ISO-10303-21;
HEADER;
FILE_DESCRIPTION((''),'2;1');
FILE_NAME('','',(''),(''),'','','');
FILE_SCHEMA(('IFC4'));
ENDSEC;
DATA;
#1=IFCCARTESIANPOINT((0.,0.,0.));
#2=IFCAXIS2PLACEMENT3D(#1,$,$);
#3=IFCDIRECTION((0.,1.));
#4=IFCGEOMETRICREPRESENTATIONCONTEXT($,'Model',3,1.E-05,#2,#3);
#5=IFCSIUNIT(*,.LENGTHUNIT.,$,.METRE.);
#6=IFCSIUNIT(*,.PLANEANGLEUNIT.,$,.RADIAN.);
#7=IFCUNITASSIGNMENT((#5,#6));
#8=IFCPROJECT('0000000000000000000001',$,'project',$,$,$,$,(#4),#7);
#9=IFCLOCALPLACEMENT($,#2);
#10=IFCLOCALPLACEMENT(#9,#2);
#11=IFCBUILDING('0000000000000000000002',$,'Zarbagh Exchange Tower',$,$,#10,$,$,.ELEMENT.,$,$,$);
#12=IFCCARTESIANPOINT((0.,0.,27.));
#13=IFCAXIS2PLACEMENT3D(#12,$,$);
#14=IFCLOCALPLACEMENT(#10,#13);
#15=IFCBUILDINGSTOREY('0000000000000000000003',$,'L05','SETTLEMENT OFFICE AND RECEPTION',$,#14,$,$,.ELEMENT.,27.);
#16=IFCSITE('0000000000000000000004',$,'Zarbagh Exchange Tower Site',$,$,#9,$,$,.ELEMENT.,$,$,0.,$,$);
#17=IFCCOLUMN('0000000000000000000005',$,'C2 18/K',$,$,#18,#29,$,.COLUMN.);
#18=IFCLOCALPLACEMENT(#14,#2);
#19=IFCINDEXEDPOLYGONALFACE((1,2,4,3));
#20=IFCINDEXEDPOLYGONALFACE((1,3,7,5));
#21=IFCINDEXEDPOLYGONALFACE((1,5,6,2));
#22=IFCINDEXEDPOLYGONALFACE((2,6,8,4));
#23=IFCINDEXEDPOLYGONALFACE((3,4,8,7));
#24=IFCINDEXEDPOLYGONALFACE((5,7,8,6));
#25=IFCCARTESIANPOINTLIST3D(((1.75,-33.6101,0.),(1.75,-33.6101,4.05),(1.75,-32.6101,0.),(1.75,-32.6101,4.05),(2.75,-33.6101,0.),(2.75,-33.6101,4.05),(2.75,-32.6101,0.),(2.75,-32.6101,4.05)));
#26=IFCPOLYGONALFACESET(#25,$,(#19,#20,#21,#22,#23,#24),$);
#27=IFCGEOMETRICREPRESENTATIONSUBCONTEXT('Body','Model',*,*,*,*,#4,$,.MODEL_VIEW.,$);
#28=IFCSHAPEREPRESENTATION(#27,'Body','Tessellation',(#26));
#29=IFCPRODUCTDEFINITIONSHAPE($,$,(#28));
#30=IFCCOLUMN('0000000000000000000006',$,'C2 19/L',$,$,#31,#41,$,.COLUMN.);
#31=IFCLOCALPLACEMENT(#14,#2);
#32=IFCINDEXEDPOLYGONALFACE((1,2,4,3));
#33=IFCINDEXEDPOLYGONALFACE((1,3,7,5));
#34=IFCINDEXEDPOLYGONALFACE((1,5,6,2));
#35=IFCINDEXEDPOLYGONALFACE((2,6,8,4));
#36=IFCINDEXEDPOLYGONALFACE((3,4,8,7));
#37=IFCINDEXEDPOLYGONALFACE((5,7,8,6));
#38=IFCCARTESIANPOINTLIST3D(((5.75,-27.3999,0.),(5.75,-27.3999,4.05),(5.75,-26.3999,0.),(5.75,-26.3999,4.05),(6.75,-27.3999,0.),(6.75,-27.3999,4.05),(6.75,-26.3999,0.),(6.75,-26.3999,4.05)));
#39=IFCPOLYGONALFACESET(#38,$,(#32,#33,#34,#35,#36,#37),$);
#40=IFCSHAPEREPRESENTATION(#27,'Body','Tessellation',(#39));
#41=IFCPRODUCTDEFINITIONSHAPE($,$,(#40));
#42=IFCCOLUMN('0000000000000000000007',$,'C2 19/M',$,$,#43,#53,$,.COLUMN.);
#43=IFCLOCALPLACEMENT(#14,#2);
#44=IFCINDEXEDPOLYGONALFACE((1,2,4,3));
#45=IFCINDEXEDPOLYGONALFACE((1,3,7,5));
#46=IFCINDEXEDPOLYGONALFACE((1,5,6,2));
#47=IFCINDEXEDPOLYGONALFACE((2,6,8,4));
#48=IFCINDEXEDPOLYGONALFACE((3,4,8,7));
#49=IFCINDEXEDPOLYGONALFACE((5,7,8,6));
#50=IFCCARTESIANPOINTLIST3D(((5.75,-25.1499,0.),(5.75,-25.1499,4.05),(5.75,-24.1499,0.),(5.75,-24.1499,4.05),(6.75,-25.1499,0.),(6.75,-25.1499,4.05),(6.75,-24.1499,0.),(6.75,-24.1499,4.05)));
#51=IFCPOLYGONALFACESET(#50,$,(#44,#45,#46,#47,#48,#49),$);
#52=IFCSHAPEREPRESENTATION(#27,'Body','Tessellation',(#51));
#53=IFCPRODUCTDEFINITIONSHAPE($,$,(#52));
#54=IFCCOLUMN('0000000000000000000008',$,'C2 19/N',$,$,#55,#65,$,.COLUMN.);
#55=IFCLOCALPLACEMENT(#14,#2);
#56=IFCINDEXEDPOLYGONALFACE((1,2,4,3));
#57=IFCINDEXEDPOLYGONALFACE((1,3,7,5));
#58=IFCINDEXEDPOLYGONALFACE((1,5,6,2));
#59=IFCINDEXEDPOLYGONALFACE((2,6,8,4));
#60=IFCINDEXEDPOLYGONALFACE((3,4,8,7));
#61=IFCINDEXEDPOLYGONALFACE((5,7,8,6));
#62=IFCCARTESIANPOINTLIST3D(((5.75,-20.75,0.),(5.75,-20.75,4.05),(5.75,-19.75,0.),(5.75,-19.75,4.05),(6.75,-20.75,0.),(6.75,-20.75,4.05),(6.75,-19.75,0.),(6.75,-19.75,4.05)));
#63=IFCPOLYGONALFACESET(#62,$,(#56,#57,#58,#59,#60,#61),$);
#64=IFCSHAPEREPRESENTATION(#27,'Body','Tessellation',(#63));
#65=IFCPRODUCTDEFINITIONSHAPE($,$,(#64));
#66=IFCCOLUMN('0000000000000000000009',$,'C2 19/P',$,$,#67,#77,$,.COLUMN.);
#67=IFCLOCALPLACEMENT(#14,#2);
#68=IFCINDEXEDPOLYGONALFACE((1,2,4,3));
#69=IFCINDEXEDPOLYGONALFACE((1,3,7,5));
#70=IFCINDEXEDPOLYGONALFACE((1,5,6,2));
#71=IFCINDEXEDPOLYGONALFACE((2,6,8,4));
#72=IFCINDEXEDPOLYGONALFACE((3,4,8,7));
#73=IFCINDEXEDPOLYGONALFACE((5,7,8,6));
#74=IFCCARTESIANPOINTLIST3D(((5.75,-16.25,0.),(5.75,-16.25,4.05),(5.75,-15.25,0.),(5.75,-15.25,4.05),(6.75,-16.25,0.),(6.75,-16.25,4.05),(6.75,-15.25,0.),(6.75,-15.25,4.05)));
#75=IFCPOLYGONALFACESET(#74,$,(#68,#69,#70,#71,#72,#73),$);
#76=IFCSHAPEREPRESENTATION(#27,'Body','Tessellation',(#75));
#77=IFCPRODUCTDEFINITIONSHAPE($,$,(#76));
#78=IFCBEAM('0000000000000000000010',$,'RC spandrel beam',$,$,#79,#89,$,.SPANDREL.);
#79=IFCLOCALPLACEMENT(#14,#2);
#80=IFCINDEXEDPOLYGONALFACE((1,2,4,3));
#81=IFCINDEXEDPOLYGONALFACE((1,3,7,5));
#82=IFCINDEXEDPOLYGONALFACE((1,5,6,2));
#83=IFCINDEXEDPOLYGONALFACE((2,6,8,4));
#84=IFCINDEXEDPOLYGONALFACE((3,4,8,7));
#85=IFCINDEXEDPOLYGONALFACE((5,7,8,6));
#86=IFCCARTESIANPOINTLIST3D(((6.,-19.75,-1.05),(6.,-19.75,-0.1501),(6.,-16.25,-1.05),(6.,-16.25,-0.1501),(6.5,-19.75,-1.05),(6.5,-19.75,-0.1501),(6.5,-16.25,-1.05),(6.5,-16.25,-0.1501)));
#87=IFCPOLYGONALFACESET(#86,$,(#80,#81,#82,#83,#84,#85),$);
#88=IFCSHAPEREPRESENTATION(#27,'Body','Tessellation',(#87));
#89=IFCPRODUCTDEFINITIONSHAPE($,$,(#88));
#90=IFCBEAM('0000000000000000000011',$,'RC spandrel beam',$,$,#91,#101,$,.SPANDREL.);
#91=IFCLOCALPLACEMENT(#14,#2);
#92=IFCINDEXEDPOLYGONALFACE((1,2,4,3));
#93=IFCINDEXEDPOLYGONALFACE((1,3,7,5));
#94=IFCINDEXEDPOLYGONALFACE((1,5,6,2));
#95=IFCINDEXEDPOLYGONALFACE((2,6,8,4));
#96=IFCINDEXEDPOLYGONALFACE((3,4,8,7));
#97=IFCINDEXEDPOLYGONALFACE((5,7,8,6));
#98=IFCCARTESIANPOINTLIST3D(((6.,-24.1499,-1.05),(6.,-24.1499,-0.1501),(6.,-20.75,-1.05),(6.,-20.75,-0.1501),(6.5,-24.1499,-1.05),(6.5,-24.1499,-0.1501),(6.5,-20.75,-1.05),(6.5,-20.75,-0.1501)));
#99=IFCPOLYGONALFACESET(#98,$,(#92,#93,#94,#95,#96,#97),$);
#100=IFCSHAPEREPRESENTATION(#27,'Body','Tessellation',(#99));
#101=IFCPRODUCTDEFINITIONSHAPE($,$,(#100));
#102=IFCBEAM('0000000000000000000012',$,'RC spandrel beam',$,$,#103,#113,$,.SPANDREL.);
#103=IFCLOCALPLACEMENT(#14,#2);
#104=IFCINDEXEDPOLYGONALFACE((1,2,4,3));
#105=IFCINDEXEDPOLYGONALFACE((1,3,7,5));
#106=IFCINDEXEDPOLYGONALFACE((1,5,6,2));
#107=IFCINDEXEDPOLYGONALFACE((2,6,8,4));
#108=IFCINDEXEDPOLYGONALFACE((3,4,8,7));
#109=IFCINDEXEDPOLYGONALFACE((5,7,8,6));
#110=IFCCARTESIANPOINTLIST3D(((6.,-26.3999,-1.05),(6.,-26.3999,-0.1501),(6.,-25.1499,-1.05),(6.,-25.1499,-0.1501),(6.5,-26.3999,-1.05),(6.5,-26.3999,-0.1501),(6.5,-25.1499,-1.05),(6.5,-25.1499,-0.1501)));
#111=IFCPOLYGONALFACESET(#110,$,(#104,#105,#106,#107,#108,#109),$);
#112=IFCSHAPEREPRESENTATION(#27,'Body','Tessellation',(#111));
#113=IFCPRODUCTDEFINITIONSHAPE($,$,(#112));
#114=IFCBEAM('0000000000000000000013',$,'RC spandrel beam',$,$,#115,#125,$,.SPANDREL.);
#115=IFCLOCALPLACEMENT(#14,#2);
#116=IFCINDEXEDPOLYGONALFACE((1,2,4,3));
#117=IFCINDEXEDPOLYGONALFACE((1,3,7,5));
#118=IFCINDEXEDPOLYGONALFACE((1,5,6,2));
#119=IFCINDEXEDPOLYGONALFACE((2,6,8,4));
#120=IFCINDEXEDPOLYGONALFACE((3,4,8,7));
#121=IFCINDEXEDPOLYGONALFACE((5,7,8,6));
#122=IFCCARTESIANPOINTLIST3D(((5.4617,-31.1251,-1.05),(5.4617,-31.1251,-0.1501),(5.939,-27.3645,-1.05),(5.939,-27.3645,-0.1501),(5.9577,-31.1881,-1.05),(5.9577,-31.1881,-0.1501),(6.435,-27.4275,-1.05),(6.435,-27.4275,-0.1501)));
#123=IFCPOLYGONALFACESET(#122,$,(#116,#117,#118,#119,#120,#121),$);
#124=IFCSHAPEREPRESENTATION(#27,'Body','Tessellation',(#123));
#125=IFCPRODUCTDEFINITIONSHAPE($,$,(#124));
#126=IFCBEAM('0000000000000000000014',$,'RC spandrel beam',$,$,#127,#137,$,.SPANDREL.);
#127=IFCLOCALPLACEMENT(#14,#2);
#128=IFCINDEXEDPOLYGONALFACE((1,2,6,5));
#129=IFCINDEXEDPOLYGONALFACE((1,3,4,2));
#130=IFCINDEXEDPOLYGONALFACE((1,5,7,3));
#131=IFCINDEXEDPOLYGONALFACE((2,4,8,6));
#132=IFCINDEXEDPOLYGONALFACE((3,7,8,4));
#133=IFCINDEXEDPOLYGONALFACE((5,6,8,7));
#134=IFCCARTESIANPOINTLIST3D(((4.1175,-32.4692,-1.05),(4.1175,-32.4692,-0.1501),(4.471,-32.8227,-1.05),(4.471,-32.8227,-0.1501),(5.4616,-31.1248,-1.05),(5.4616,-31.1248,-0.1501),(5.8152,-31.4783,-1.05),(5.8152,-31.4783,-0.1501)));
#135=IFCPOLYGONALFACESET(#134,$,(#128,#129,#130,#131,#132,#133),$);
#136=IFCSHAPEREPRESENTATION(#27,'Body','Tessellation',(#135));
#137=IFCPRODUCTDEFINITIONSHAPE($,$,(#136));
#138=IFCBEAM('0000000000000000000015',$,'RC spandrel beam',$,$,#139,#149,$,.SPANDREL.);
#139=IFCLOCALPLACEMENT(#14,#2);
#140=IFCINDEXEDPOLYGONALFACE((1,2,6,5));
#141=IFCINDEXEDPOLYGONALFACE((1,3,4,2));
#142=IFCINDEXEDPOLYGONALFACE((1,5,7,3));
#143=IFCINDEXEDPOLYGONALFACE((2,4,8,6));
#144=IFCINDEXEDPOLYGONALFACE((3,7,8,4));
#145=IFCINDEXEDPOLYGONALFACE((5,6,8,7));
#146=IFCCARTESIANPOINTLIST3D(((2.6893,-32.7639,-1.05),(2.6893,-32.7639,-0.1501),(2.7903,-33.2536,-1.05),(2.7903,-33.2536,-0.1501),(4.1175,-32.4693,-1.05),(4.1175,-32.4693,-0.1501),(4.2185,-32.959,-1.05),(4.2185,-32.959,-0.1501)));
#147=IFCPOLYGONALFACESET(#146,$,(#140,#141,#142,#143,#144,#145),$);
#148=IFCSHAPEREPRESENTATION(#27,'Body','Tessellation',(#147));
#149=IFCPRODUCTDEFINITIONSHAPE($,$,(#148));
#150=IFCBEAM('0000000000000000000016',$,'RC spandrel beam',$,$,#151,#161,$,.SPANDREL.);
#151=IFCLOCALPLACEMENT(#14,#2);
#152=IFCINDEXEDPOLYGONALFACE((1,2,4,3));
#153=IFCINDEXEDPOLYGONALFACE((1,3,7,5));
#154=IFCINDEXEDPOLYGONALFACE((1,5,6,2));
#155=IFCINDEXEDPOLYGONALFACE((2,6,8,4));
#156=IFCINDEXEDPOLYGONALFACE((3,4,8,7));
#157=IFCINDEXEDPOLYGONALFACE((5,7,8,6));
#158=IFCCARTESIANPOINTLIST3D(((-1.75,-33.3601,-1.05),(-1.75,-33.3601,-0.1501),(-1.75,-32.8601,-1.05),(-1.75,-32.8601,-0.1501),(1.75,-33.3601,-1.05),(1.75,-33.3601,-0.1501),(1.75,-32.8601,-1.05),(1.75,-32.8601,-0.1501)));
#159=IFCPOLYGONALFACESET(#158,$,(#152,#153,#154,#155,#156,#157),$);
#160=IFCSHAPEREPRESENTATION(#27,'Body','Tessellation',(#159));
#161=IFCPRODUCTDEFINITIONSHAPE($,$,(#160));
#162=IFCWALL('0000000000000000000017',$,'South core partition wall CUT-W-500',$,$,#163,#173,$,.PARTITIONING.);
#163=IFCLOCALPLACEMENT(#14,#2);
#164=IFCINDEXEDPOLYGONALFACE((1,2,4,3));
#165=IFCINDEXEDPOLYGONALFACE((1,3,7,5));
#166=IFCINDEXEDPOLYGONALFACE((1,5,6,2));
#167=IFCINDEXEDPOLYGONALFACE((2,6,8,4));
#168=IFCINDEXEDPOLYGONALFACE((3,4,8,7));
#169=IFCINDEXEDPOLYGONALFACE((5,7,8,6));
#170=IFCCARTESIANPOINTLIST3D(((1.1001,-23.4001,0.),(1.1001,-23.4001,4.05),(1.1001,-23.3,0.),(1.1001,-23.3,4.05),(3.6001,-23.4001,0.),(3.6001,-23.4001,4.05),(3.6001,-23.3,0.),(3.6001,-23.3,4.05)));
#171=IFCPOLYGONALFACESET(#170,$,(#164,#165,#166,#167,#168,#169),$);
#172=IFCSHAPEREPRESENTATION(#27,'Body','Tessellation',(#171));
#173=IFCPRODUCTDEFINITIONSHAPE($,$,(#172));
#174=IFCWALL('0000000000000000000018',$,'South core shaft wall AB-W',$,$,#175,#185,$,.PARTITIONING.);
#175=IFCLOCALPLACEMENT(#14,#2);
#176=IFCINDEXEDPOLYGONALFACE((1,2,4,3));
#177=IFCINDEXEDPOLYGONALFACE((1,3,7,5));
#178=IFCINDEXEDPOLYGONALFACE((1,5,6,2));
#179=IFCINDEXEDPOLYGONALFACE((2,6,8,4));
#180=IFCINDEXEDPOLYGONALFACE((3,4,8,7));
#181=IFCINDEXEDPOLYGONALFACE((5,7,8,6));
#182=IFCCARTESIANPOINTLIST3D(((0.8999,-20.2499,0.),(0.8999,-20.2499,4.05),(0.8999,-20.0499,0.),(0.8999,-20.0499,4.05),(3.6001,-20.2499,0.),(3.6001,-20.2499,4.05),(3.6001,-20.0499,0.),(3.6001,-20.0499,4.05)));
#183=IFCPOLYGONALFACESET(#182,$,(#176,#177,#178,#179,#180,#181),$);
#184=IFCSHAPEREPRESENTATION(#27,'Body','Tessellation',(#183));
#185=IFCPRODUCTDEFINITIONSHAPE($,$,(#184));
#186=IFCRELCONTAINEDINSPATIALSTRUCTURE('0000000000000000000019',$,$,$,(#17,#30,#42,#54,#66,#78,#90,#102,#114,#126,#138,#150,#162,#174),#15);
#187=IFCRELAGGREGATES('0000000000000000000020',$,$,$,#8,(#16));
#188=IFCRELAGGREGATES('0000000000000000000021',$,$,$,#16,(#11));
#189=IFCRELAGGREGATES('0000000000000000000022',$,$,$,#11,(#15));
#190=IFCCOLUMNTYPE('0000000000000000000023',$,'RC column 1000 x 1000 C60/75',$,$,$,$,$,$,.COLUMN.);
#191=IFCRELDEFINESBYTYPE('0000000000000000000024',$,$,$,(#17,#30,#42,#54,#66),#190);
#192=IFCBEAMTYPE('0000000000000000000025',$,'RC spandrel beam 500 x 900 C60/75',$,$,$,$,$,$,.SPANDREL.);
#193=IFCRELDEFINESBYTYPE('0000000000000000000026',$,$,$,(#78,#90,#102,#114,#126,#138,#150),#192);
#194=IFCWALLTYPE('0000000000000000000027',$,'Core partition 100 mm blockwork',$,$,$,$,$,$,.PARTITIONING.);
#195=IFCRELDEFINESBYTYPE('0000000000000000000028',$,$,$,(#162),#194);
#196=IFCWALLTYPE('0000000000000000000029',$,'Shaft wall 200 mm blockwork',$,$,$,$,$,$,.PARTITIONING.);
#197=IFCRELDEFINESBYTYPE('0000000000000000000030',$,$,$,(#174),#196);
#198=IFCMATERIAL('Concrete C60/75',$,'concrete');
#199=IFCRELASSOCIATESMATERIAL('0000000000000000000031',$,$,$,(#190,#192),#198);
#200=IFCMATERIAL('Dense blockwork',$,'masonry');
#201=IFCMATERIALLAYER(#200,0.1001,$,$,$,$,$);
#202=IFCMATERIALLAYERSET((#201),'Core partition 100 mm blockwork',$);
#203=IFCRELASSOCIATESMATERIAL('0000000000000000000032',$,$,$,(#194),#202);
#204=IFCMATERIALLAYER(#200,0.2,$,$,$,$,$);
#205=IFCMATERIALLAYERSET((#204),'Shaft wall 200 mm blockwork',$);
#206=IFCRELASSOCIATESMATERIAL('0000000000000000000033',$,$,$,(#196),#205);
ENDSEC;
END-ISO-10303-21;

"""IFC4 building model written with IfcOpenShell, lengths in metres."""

from ifc_helpers import new_model, si_unit, direction, frame, frame_2d, origin, origin_2d, place, context, subcontext, project, spatial, rectangle, extrude, material, layer, layer_set, material_profile, profile_set, type_object, element, save


model = new_model("IFC4")

# Units and contexts
model_context = context("Model", 3, precision=1e-05, world=origin(), true_north=direction((0.0, 1.0)))
body_context = subcontext(model_context, "Body", "Model", "MODEL_VIEW")
ifc_project = project(units=[si_unit("LENGTHUNIT", "METRE"), si_unit("PLANEANGLEUNIT", "RADIAN")], contexts=[model_context])

# Site, building, storey
site_placement = place(None, origin())
site = spatial("IfcSite", under=ifc_project, at=site_placement, Name="Zarbagh Exchange Tower Site", CompositionType="ELEMENT", RefElevation=0.0)
building_placement = place(site_placement, origin())
building = spatial("IfcBuilding", under=site, at=building_placement, Name="Zarbagh Exchange Tower", CompositionType="ELEMENT")
storey_placement = place(building_placement, frame((0.0, 0.0, 27.0)))
storey = spatial("IfcBuildingStorey", under=building, at=storey_placement, Name="L05", Description="SETTLEMENT OFFICE AND RECEPTION", CompositionType="ELEMENT", Elevation=27.0)

# Columns
ifc_material_1 = material(Name="Concrete C60/75", Category="concrete")
ifc_material_profile_1 = material_profile(ifc_material_1, rectangle(XDim=1.0, YDim=1.0, at=origin_2d()), Name="RC column 1000 x 1000 C60/75")
ifc_profile_set_1 = profile_set([ifc_material_profile_1], Name="Concrete C60/75")
column_type = type_object("IfcColumnType", Name="RC column 1000 x 1000 C60/75", PredefinedType="COLUMN", material=ifc_profile_set_1)
for number, where, z_axis, x_axis, name in (
    (1, (2.25, -33.1101, 0.0), (0.0, 0.0, 1.0), (1.0, 0.0, 0.0), "C2 18/K"),
    (2, (6.25, -26.8999, 0.0), (0.0, 0.0, 1.0), (1.0, 0.0, 0.0), "C2 19/L"),
    (3, (6.25, -24.6499, 0.0), (0.0, 0.0, 1.0), (1.0, 0.0, 0.0), "C2 19/M"),
    (4, (6.25, -20.25, 0.0), (0.0, 0.0, 1.0), (1.0, 0.0, 0.0), "C2 19/N"),
    (5, (6.25, -15.75, 0.0), (0.0, 0.0, 1.0), (1.0, 0.0, 0.0), "C2 19/P"),
):
    element("IfcColumn", number, at=place(storey_placement, frame(where, z_axis=z_axis, x_axis=x_axis)), inside=storey, type_object=column_type, Name=name, PredefinedType="COLUMN", context=body_context, shape_type="SweptSolid", body=[
        extrude(rectangle(XDim=1.0, YDim=1.0, at=origin_2d()), origin(), (0.0, 0.0, 1.0), 4.05),
    ])

# Beams
ifc_material_profile_2 = material_profile(ifc_material_1, rectangle(XDim=0.5, YDim=0.8999, at=origin_2d()), Name="RC spandrel beam 500 x 900 C60/75")
ifc_profile_set_2 = profile_set([ifc_material_profile_2], Name="Concrete C60/75")
beam_type = type_object("IfcBeamType", Name="RC spandrel beam 500 x 900 C60/75", PredefinedType="SPANDREL", material=ifc_profile_set_2)
beam_1_placement = place(storey_placement, frame((6.25, -16.25, -0.6001), z_axis=(0.0, -1.0, 0.0), x_axis=(1.0, 0.0, 0.0)))
element("IfcBeam", 6, at=beam_1_placement, inside=storey, type_object=beam_type, Name="RC spandrel beam", PredefinedType="SPANDREL", context=body_context, shape_type="SweptSolid", body=[
    extrude(rectangle(XDim=0.5, YDim=0.8999, at=origin_2d()), origin(), (0.0, 0.0, 1.0), 3.5),
])
beam_2_placement = place(storey_placement, frame((6.25, -20.75, -0.6001), z_axis=(0.0, -1.0, 0.0), x_axis=(1.0, 0.0, 0.0)))
element("IfcBeam", 7, at=beam_2_placement, inside=storey, type_object=beam_type, Name="RC spandrel beam", PredefinedType="SPANDREL", context=body_context, shape_type="SweptSolid", body=[
    extrude(rectangle(XDim=0.5, YDim=0.8999, at=origin_2d()), origin(), (0.0, 0.0, 1.0), 3.3999),
])
beam_3_placement = place(storey_placement, frame((6.25, -25.1499, -0.6001), z_axis=(0.0, -1.0, 0.0), x_axis=(1.0, 0.0, 0.0)))
element("IfcBeam", 8, at=beam_3_placement, inside=storey, type_object=beam_type, Name="RC spandrel beam", PredefinedType="SPANDREL", context=body_context, shape_type="SweptSolid", body=[
    extrude(rectangle(XDim=0.5, YDim=0.8999, at=origin_2d()), origin(), (0.0, 0.0, 1.0), 1.25),
])
beam_4_placement = place(storey_placement, frame((6.187, -27.396, -0.6001), z_axis=(-0.125913, -0.992041, 0.0), x_axis=(0.992041, -0.125913, 0.0)))
element("IfcBeam", 9, at=beam_4_placement, inside=storey, type_object=beam_type, Name="RC spandrel beam", PredefinedType="SPANDREL", context=body_context, shape_type="SweptSolid", body=[
    extrude(rectangle(XDim=0.5, YDim=0.8999, at=origin_2d()), origin(), (0.0, 0.0, 1.0), 3.7908),
])
beam_5_placement = place(storey_placement, frame((5.6384, -31.3015, -0.6001), z_axis=(-0.707043, -0.707171, 0.0), x_axis=(0.707171, -0.707043, 0.0)))
element("IfcBeam", 10, at=beam_5_placement, inside=storey, type_object=beam_type, Name="RC spandrel beam", PredefinedType="SPANDREL", context=body_context, shape_type="SweptSolid", body=[
    extrude(rectangle(XDim=0.5, YDim=0.8999, at=origin_2d()), origin(), (0.0, 0.0, 1.0), 1.9011),
])
beam_6_placement = place(storey_placement, frame((4.168, -32.7141, -0.6001), z_axis=(-0.979371, -0.202069, 0.0), x_axis=(0.202069, -0.979371, 0.0)))
element("IfcBeam", 11, at=beam_6_placement, inside=storey, type_object=beam_type, Name="RC spandrel beam", PredefinedType="SPANDREL", context=body_context, shape_type="SweptSolid", body=[
    extrude(rectangle(XDim=0.5, YDim=0.8999, at=origin_2d()), origin(), (0.0, 0.0, 1.0), 1.4583),
])
beam_7_placement = place(storey_placement, frame((1.75, -33.1101, -0.6001), z_axis=(-1.0, 0.0, 0.0), x_axis=(0.0, -1.0, 0.0)))
element("IfcBeam", 12, at=beam_7_placement, inside=storey, type_object=beam_type, Name="RC spandrel beam", PredefinedType="SPANDREL", context=body_context, shape_type="SweptSolid", body=[
    extrude(rectangle(XDim=0.5, YDim=0.8999, at=origin_2d()), origin(), (0.0, 0.0, 1.0), 3.5),
])

# Walls
ifc_material_2 = material(Name="Dense blockwork", Category="masonry")
ifc_layer_1 = layer(ifc_material_2, 0.1001)
ifc_layer_set_1 = layer_set([ifc_layer_1], Name="Core partition 100 mm blockwork")
wall_type_1 = type_object("IfcWallType", Name="Core partition 100 mm blockwork", PredefinedType="PARTITIONING", material=ifc_layer_set_1)
wall_1_placement = place(storey_placement, frame((3.6001, -23.3501, 0.0), z_axis=(0.0, 0.0, 1.0), x_axis=(-1.0, 0.0, 0.0)))
element("IfcWall", 13, at=wall_1_placement, inside=storey, type_object=wall_type_1, Name="South core partition wall CUT-W-500", PredefinedType="PARTITIONING", context=body_context, shape_type="SweptSolid", body=[
    extrude(rectangle(XDim=2.5, YDim=0.1001, at=frame_2d((1.25, 0.0))), origin(), (0.0, 0.0, 1.0), 4.05),
])
ifc_layer_2 = layer(ifc_material_2, 0.2)
ifc_layer_set_2 = layer_set([ifc_layer_2], Name="Shaft wall 200 mm blockwork")
wall_type_2 = type_object("IfcWallType", Name="Shaft wall 200 mm blockwork", PredefinedType="PARTITIONING", material=ifc_layer_set_2)
wall_2_placement = place(storey_placement, frame((3.6001, -20.1499, 0.0), z_axis=(0.0, 0.0, 1.0), x_axis=(-1.0, 0.0, 0.0)))
element("IfcWall", 14, at=wall_2_placement, inside=storey, type_object=wall_type_2, Name="South core shaft wall AB-W", PredefinedType="PARTITIONING", context=body_context, shape_type="SweptSolid", body=[
    extrude(rectangle(XDim=2.7002, YDim=0.2, at=frame_2d((1.3501, 0.0))), origin(), (0.0, 0.0, 1.0), 4.05),
])

save(model, "model.ifc")
